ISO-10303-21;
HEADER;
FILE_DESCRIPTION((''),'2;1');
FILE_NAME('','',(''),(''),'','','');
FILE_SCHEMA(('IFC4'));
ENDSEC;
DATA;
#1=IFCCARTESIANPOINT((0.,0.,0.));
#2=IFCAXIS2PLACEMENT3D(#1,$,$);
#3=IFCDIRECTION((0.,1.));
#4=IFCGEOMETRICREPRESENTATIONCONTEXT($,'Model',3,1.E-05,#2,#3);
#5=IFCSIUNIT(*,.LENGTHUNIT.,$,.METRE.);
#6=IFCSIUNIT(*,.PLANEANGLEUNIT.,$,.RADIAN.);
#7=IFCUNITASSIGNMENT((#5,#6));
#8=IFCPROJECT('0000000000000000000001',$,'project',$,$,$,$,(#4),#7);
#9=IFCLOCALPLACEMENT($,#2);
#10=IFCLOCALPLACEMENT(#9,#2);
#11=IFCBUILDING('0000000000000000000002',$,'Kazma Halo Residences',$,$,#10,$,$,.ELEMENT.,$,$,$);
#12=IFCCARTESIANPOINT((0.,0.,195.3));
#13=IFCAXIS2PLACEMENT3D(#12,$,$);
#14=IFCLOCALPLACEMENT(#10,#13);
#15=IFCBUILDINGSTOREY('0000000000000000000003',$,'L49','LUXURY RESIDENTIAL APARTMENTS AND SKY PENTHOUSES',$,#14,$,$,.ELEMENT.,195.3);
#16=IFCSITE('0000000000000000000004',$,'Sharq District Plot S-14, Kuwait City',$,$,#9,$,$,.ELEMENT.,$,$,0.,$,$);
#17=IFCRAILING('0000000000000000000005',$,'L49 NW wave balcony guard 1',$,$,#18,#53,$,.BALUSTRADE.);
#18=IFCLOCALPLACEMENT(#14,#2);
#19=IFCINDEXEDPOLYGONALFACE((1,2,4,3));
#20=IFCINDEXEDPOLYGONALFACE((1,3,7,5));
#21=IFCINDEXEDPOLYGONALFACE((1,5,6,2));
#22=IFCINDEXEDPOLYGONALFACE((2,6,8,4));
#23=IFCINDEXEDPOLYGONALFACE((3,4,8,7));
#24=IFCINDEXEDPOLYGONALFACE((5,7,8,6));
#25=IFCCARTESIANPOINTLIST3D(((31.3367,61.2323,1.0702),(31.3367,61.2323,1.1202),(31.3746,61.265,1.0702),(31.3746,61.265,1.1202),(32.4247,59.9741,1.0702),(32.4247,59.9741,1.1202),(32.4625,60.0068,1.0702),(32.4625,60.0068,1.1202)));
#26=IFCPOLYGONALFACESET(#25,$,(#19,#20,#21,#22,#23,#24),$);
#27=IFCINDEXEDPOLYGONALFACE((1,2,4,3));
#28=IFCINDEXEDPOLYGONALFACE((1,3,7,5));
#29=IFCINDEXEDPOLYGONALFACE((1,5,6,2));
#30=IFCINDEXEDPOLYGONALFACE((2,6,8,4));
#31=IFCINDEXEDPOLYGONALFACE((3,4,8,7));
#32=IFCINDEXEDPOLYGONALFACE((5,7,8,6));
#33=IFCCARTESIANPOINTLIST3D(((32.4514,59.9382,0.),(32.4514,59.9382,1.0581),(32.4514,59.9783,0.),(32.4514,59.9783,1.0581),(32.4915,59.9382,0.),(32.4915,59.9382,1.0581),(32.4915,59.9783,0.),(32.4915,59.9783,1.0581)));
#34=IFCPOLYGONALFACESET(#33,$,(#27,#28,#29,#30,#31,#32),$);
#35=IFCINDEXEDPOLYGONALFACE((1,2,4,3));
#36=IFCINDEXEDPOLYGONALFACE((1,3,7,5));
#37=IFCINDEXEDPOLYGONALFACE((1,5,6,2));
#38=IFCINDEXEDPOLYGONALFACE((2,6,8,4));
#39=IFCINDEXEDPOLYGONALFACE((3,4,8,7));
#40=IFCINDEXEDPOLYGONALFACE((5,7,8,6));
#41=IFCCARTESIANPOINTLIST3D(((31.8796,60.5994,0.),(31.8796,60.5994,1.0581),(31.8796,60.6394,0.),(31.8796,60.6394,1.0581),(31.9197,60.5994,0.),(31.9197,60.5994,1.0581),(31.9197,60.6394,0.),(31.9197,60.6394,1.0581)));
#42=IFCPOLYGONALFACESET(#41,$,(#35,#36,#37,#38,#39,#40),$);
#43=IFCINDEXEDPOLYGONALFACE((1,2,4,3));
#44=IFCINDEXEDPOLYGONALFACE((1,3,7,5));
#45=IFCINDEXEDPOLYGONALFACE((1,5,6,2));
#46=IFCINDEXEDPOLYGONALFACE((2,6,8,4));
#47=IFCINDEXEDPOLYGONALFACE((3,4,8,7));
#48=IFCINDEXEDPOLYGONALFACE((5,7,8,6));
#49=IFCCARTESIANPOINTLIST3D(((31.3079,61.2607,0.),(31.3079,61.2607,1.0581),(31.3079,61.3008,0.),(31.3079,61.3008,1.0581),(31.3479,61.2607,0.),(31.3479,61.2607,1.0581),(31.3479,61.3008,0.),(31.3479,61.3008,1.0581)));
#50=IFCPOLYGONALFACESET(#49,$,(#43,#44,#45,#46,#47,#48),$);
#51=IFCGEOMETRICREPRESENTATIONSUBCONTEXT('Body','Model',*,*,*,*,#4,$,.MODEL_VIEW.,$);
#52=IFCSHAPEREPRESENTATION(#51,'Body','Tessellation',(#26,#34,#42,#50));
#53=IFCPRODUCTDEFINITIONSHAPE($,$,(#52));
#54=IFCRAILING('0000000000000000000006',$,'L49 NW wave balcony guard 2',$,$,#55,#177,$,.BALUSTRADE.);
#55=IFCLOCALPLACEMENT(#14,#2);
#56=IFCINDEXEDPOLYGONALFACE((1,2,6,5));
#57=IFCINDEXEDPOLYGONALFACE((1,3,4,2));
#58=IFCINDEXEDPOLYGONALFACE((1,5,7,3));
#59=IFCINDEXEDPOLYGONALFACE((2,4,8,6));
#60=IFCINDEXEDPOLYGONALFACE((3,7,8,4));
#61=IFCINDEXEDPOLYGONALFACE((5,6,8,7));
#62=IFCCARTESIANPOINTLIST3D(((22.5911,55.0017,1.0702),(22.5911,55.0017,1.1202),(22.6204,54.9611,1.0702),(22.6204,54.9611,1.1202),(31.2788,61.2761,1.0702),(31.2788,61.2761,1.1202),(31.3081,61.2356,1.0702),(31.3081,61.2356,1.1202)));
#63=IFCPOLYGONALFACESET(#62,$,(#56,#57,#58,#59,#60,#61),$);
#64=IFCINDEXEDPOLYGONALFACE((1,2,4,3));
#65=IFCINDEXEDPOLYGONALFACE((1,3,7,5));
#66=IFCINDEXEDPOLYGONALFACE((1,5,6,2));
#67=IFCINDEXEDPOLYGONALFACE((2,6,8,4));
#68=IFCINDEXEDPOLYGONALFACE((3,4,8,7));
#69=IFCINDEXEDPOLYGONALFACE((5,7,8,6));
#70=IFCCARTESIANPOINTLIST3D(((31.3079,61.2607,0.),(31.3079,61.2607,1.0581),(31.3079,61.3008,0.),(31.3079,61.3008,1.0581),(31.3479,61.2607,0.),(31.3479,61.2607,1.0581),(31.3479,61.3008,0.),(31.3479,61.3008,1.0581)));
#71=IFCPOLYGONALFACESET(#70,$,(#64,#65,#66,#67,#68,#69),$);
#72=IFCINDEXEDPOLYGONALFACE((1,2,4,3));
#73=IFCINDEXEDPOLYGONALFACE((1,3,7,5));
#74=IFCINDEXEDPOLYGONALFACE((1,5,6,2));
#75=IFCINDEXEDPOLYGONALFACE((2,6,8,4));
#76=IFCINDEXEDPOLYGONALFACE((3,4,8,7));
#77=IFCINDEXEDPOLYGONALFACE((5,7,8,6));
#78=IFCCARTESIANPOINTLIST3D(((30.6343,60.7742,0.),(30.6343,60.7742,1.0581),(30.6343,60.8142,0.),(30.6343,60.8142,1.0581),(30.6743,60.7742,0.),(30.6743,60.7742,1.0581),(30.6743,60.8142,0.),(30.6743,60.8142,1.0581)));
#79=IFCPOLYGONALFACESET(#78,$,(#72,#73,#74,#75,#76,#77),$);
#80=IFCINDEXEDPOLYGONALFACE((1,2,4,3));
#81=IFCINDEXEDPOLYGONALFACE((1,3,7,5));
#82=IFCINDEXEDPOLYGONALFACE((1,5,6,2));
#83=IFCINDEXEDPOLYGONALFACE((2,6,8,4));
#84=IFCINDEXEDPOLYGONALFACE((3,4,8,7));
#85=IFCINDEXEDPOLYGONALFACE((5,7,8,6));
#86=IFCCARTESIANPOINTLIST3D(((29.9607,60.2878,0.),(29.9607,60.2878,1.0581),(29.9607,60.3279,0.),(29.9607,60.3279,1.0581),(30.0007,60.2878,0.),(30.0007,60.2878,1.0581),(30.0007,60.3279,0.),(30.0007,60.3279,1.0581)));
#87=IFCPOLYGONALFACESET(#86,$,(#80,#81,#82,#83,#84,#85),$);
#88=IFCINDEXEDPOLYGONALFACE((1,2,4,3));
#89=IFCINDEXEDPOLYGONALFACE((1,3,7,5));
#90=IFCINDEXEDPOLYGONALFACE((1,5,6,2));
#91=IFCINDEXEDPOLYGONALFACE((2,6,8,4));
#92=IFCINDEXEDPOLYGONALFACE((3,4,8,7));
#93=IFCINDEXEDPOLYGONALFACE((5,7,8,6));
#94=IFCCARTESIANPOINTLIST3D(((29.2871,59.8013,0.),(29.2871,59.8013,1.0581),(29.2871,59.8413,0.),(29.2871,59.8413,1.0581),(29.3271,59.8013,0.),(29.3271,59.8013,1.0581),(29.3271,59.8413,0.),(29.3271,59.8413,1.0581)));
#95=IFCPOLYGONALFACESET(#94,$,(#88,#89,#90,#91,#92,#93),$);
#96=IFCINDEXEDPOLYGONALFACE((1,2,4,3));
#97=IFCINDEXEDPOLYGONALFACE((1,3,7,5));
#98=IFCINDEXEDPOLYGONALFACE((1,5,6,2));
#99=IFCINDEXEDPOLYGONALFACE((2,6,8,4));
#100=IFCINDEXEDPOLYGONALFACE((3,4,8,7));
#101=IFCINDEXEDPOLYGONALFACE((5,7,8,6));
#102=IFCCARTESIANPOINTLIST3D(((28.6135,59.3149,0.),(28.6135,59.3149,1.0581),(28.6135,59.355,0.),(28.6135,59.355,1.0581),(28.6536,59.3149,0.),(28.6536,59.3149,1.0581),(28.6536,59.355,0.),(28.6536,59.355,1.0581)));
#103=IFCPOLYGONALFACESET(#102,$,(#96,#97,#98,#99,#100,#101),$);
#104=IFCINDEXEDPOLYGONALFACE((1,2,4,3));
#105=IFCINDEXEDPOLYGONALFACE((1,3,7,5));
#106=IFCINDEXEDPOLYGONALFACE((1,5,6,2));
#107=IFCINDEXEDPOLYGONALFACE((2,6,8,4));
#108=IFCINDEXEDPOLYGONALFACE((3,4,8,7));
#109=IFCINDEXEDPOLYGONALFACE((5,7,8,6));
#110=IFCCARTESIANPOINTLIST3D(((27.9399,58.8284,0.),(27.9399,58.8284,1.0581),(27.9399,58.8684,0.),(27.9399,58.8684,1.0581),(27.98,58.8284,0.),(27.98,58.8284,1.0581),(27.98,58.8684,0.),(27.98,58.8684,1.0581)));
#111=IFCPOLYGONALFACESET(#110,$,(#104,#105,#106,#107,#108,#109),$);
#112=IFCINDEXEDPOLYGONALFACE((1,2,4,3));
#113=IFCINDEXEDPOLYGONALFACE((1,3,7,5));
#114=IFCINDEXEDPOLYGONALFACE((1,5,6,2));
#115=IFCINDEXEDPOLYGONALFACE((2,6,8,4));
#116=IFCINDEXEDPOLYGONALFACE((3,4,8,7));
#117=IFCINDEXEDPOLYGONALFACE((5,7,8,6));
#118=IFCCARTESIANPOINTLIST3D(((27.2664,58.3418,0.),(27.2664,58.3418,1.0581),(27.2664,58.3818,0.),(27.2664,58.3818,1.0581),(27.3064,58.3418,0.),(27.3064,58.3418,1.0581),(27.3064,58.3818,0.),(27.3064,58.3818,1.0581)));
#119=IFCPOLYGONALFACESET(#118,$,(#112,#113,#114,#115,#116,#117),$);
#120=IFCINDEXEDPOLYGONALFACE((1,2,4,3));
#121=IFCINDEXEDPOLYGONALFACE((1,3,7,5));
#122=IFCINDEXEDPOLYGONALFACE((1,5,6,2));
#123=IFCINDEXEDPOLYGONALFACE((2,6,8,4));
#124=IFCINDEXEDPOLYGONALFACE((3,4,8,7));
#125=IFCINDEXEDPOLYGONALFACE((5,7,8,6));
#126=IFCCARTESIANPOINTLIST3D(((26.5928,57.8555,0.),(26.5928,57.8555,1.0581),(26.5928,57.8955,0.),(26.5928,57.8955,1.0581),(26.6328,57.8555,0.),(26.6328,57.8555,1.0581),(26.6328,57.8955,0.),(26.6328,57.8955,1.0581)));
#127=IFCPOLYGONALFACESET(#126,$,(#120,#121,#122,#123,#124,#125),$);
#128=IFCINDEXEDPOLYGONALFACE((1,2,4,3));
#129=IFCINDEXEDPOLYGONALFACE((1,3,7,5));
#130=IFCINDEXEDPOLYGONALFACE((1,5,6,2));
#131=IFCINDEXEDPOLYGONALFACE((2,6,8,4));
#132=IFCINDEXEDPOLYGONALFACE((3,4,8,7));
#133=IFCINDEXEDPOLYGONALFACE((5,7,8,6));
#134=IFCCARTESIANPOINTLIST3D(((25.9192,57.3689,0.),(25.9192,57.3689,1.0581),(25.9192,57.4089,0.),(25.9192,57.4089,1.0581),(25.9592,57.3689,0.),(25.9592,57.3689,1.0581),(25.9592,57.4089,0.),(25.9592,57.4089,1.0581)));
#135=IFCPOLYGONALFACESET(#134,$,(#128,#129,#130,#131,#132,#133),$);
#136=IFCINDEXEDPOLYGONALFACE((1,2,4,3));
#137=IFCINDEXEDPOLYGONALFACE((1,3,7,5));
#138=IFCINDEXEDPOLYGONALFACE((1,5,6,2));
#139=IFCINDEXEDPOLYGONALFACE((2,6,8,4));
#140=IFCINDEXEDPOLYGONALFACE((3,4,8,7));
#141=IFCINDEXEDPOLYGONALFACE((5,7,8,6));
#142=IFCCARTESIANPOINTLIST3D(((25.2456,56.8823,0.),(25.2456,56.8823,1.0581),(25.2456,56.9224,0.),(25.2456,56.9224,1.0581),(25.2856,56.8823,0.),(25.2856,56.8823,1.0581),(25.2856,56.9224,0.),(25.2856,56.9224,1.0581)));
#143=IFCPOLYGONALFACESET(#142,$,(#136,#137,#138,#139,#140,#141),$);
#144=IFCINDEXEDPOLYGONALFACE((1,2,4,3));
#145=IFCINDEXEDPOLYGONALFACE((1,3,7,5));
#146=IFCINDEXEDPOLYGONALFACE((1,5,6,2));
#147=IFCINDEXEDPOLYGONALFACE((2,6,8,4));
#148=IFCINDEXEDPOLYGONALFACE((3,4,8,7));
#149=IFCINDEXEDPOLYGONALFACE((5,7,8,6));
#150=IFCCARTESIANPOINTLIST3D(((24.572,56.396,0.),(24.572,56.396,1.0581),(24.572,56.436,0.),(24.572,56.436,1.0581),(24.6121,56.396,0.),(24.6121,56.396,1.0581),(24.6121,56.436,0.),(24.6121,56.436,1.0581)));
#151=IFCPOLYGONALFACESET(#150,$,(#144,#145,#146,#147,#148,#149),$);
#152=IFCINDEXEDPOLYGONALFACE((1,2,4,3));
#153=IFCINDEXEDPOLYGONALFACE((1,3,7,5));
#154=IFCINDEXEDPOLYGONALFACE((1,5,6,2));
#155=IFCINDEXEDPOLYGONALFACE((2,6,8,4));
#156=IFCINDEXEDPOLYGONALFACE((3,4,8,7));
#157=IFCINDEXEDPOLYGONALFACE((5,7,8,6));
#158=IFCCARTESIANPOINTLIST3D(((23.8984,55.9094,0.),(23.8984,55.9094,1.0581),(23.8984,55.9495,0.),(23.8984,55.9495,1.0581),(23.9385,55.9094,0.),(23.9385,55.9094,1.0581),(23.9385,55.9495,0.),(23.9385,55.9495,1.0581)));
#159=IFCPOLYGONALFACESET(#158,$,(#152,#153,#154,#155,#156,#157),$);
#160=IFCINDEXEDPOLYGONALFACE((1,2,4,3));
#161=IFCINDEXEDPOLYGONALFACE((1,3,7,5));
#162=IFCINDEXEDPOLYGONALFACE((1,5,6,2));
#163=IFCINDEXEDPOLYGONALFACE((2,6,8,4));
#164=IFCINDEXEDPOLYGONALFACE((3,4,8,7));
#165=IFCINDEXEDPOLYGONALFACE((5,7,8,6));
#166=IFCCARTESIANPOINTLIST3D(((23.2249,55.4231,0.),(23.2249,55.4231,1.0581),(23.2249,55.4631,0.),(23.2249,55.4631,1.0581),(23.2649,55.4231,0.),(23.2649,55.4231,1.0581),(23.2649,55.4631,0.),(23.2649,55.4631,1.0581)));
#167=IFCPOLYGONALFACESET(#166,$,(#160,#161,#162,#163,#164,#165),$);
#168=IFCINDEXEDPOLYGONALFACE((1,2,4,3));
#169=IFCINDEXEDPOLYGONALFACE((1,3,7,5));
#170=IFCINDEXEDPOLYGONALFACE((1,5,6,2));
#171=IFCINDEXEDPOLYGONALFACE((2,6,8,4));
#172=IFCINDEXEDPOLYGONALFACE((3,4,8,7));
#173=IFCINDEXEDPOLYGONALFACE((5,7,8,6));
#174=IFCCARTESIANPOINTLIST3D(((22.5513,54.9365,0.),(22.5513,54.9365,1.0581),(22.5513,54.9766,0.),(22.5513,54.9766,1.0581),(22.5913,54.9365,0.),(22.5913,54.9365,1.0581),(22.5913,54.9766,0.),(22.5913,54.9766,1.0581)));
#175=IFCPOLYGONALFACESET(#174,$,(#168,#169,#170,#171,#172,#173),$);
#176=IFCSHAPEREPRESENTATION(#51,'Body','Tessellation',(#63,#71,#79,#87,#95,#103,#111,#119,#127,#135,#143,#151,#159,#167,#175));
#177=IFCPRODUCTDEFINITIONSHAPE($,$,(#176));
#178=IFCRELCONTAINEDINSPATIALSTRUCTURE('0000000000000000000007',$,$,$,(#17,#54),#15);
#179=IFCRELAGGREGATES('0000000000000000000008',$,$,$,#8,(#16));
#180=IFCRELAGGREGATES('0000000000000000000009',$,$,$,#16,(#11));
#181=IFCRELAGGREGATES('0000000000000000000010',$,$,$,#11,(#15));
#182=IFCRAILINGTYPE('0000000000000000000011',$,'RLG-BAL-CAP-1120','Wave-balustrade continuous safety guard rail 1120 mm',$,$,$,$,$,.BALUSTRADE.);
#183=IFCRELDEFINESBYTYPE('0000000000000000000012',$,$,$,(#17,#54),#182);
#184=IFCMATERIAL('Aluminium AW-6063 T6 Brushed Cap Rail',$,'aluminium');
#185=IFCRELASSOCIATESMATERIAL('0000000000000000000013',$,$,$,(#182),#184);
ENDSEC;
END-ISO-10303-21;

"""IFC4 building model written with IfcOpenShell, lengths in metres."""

from ifc_helpers import new_model, si_unit, direction, frame, origin, origin_2d, place, context, subcontext, project, spatial, rectangle, extrude, material, type_object, element, save


model = new_model("IFC4")

# Units and contexts
model_context = context("Model", 3, precision=1e-05, world=origin(), true_north=direction((0.0, 1.0)))
body_context = subcontext(model_context, "Body", "Model", "MODEL_VIEW")
ifc_project = project(units=[si_unit("LENGTHUNIT", "METRE"), si_unit("PLANEANGLEUNIT", "RADIAN")], contexts=[model_context])

# Site, building, storey
site_placement = place(None, origin())
site = spatial("IfcSite", under=ifc_project, at=site_placement, Name="Sharq District Plot S-14, Kuwait City", CompositionType="ELEMENT", RefElevation=0.0)
building_placement = place(site_placement, origin())
building = spatial("IfcBuilding", under=site, at=building_placement, Name="Kazma Halo Residences", CompositionType="ELEMENT")
storey_placement = place(building_placement, frame((0.0, 0.0, 195.3)))
storey = spatial("IfcBuildingStorey", under=building, at=storey_placement, Name="L49", Description="LUXURY RESIDENTIAL APARTMENTS AND SKY PENTHOUSES", CompositionType="ELEMENT", Elevation=195.3)

# Railings
ifc_material_1 = material(Name="Aluminium AW-6063 T6 Brushed Cap Rail", Category="aluminium")
railing_type = type_object("IfcRailingType", Name="RLG-BAL-CAP-1120", Description="Wave-balustrade continuous safety guard rail 1120 mm", PredefinedType="BALUSTRADE", material=ifc_material_1)
railing_1_placement = place(storey_placement, frame((32.4714, 59.9583, 0.0)))
element("IfcRailing", 1, at=railing_1_placement, inside=storey, type_object=railing_type, Name="L49 NW wave balcony guard 1", PredefinedType="BALUSTRADE", context=body_context, shape_type="SweptSolid", body=[
    extrude(rectangle(XDim=0.05, YDim=0.05, at=origin_2d()), frame((-0.0278, 0.0322, 1.0952), z_axis=(-0.654074, 0.75643, 0.0), x_axis=(-0.75643, -0.654074, 0.0)), (0.0, 0.0, 1.0), 1.6633),
    extrude(rectangle(XDim=0.04, YDim=0.04, at=origin_2d()), origin(), (0.0, 0.0, 1.0), 1.0581),
    extrude(rectangle(XDim=0.04, YDim=0.04, at=origin_2d()), frame((-0.5718, 0.6611, 0.0)), (0.0, 0.0, 1.0), 1.0581),
    extrude(rectangle(XDim=0.04, YDim=0.04, at=origin_2d()), frame((-1.1436, 1.3225, 0.0)), (0.0, 0.0, 1.0), 1.0581),
])
railing_2_placement = place(storey_placement, frame((31.3279, 61.2808, 0.0)))
element("IfcRailing", 2, at=railing_2_placement, inside=storey, type_object=railing_type, Name="L49 NW wave balcony guard 2", PredefinedType="BALUSTRADE", context=body_context, shape_type="SweptSolid", body=[
    extrude(rectangle(XDim=0.05, YDim=0.05, at=origin_2d()), frame((-0.0344, -0.0249, 1.0952), z_axis=(-0.810679, -0.585491, 0.0), x_axis=(0.585491, -0.810679, 0.0)), (0.0, 0.0, 1.0), 10.7166),
    extrude(rectangle(XDim=0.04, YDim=0.04, at=origin_2d()), origin(), (0.0, 0.0, 1.0), 1.0581),
    extrude(rectangle(XDim=0.04, YDim=0.04, at=origin_2d()), frame((-0.6736, -0.4866, 0.0)), (0.0, 0.0, 1.0), 1.0581),
    extrude(rectangle(XDim=0.04, YDim=0.04, at=origin_2d()), frame((-1.3472, -0.9729, 0.0)), (0.0, 0.0, 1.0), 1.0581),
    extrude(rectangle(XDim=0.04, YDim=0.04, at=origin_2d()), frame((-2.0208, -1.4595, 0.0)), (0.0, 0.0, 1.0), 1.0581),
    extrude(rectangle(XDim=0.04, YDim=0.04, at=origin_2d()), frame((-2.6943, -1.9458, 0.0)), (0.0, 0.0, 1.0), 1.0581),
    extrude(rectangle(XDim=0.04, YDim=0.04, at=origin_2d()), frame((-3.3679, -2.4324, 0.0)), (0.0, 0.0, 1.0), 1.0581),
    extrude(rectangle(XDim=0.04, YDim=0.04, at=origin_2d()), frame((-4.0415, -2.9189, 0.0)), (0.0, 0.0, 1.0), 1.0581),
    extrude(rectangle(XDim=0.04, YDim=0.04, at=origin_2d()), frame((-4.7151, -3.4053, 0.0)), (0.0, 0.0, 1.0), 1.0581),
    extrude(rectangle(XDim=0.04, YDim=0.04, at=origin_2d()), frame((-5.3887, -3.8918, 0.0)), (0.0, 0.0, 1.0), 1.0581),
    extrude(rectangle(XDim=0.04, YDim=0.04, at=origin_2d()), frame((-6.0623, -4.3784, 0.0)), (0.0, 0.0, 1.0), 1.0581),
    extrude(rectangle(XDim=0.04, YDim=0.04, at=origin_2d()), frame((-6.7358, -4.8647, 0.0)), (0.0, 0.0, 1.0), 1.0581),
    extrude(rectangle(XDim=0.04, YDim=0.04, at=origin_2d()), frame((-7.4094, -5.3513, 0.0)), (0.0, 0.0, 1.0), 1.0581),
    extrude(rectangle(XDim=0.04, YDim=0.04, at=origin_2d()), frame((-8.083, -5.8376, 0.0)), (0.0, 0.0, 1.0), 1.0581),
    extrude(rectangle(XDim=0.04, YDim=0.04, at=origin_2d()), frame((-8.7566, -6.3242, 0.0)), (0.0, 0.0, 1.0), 1.0581),
])

save(model, "model.ifc")
